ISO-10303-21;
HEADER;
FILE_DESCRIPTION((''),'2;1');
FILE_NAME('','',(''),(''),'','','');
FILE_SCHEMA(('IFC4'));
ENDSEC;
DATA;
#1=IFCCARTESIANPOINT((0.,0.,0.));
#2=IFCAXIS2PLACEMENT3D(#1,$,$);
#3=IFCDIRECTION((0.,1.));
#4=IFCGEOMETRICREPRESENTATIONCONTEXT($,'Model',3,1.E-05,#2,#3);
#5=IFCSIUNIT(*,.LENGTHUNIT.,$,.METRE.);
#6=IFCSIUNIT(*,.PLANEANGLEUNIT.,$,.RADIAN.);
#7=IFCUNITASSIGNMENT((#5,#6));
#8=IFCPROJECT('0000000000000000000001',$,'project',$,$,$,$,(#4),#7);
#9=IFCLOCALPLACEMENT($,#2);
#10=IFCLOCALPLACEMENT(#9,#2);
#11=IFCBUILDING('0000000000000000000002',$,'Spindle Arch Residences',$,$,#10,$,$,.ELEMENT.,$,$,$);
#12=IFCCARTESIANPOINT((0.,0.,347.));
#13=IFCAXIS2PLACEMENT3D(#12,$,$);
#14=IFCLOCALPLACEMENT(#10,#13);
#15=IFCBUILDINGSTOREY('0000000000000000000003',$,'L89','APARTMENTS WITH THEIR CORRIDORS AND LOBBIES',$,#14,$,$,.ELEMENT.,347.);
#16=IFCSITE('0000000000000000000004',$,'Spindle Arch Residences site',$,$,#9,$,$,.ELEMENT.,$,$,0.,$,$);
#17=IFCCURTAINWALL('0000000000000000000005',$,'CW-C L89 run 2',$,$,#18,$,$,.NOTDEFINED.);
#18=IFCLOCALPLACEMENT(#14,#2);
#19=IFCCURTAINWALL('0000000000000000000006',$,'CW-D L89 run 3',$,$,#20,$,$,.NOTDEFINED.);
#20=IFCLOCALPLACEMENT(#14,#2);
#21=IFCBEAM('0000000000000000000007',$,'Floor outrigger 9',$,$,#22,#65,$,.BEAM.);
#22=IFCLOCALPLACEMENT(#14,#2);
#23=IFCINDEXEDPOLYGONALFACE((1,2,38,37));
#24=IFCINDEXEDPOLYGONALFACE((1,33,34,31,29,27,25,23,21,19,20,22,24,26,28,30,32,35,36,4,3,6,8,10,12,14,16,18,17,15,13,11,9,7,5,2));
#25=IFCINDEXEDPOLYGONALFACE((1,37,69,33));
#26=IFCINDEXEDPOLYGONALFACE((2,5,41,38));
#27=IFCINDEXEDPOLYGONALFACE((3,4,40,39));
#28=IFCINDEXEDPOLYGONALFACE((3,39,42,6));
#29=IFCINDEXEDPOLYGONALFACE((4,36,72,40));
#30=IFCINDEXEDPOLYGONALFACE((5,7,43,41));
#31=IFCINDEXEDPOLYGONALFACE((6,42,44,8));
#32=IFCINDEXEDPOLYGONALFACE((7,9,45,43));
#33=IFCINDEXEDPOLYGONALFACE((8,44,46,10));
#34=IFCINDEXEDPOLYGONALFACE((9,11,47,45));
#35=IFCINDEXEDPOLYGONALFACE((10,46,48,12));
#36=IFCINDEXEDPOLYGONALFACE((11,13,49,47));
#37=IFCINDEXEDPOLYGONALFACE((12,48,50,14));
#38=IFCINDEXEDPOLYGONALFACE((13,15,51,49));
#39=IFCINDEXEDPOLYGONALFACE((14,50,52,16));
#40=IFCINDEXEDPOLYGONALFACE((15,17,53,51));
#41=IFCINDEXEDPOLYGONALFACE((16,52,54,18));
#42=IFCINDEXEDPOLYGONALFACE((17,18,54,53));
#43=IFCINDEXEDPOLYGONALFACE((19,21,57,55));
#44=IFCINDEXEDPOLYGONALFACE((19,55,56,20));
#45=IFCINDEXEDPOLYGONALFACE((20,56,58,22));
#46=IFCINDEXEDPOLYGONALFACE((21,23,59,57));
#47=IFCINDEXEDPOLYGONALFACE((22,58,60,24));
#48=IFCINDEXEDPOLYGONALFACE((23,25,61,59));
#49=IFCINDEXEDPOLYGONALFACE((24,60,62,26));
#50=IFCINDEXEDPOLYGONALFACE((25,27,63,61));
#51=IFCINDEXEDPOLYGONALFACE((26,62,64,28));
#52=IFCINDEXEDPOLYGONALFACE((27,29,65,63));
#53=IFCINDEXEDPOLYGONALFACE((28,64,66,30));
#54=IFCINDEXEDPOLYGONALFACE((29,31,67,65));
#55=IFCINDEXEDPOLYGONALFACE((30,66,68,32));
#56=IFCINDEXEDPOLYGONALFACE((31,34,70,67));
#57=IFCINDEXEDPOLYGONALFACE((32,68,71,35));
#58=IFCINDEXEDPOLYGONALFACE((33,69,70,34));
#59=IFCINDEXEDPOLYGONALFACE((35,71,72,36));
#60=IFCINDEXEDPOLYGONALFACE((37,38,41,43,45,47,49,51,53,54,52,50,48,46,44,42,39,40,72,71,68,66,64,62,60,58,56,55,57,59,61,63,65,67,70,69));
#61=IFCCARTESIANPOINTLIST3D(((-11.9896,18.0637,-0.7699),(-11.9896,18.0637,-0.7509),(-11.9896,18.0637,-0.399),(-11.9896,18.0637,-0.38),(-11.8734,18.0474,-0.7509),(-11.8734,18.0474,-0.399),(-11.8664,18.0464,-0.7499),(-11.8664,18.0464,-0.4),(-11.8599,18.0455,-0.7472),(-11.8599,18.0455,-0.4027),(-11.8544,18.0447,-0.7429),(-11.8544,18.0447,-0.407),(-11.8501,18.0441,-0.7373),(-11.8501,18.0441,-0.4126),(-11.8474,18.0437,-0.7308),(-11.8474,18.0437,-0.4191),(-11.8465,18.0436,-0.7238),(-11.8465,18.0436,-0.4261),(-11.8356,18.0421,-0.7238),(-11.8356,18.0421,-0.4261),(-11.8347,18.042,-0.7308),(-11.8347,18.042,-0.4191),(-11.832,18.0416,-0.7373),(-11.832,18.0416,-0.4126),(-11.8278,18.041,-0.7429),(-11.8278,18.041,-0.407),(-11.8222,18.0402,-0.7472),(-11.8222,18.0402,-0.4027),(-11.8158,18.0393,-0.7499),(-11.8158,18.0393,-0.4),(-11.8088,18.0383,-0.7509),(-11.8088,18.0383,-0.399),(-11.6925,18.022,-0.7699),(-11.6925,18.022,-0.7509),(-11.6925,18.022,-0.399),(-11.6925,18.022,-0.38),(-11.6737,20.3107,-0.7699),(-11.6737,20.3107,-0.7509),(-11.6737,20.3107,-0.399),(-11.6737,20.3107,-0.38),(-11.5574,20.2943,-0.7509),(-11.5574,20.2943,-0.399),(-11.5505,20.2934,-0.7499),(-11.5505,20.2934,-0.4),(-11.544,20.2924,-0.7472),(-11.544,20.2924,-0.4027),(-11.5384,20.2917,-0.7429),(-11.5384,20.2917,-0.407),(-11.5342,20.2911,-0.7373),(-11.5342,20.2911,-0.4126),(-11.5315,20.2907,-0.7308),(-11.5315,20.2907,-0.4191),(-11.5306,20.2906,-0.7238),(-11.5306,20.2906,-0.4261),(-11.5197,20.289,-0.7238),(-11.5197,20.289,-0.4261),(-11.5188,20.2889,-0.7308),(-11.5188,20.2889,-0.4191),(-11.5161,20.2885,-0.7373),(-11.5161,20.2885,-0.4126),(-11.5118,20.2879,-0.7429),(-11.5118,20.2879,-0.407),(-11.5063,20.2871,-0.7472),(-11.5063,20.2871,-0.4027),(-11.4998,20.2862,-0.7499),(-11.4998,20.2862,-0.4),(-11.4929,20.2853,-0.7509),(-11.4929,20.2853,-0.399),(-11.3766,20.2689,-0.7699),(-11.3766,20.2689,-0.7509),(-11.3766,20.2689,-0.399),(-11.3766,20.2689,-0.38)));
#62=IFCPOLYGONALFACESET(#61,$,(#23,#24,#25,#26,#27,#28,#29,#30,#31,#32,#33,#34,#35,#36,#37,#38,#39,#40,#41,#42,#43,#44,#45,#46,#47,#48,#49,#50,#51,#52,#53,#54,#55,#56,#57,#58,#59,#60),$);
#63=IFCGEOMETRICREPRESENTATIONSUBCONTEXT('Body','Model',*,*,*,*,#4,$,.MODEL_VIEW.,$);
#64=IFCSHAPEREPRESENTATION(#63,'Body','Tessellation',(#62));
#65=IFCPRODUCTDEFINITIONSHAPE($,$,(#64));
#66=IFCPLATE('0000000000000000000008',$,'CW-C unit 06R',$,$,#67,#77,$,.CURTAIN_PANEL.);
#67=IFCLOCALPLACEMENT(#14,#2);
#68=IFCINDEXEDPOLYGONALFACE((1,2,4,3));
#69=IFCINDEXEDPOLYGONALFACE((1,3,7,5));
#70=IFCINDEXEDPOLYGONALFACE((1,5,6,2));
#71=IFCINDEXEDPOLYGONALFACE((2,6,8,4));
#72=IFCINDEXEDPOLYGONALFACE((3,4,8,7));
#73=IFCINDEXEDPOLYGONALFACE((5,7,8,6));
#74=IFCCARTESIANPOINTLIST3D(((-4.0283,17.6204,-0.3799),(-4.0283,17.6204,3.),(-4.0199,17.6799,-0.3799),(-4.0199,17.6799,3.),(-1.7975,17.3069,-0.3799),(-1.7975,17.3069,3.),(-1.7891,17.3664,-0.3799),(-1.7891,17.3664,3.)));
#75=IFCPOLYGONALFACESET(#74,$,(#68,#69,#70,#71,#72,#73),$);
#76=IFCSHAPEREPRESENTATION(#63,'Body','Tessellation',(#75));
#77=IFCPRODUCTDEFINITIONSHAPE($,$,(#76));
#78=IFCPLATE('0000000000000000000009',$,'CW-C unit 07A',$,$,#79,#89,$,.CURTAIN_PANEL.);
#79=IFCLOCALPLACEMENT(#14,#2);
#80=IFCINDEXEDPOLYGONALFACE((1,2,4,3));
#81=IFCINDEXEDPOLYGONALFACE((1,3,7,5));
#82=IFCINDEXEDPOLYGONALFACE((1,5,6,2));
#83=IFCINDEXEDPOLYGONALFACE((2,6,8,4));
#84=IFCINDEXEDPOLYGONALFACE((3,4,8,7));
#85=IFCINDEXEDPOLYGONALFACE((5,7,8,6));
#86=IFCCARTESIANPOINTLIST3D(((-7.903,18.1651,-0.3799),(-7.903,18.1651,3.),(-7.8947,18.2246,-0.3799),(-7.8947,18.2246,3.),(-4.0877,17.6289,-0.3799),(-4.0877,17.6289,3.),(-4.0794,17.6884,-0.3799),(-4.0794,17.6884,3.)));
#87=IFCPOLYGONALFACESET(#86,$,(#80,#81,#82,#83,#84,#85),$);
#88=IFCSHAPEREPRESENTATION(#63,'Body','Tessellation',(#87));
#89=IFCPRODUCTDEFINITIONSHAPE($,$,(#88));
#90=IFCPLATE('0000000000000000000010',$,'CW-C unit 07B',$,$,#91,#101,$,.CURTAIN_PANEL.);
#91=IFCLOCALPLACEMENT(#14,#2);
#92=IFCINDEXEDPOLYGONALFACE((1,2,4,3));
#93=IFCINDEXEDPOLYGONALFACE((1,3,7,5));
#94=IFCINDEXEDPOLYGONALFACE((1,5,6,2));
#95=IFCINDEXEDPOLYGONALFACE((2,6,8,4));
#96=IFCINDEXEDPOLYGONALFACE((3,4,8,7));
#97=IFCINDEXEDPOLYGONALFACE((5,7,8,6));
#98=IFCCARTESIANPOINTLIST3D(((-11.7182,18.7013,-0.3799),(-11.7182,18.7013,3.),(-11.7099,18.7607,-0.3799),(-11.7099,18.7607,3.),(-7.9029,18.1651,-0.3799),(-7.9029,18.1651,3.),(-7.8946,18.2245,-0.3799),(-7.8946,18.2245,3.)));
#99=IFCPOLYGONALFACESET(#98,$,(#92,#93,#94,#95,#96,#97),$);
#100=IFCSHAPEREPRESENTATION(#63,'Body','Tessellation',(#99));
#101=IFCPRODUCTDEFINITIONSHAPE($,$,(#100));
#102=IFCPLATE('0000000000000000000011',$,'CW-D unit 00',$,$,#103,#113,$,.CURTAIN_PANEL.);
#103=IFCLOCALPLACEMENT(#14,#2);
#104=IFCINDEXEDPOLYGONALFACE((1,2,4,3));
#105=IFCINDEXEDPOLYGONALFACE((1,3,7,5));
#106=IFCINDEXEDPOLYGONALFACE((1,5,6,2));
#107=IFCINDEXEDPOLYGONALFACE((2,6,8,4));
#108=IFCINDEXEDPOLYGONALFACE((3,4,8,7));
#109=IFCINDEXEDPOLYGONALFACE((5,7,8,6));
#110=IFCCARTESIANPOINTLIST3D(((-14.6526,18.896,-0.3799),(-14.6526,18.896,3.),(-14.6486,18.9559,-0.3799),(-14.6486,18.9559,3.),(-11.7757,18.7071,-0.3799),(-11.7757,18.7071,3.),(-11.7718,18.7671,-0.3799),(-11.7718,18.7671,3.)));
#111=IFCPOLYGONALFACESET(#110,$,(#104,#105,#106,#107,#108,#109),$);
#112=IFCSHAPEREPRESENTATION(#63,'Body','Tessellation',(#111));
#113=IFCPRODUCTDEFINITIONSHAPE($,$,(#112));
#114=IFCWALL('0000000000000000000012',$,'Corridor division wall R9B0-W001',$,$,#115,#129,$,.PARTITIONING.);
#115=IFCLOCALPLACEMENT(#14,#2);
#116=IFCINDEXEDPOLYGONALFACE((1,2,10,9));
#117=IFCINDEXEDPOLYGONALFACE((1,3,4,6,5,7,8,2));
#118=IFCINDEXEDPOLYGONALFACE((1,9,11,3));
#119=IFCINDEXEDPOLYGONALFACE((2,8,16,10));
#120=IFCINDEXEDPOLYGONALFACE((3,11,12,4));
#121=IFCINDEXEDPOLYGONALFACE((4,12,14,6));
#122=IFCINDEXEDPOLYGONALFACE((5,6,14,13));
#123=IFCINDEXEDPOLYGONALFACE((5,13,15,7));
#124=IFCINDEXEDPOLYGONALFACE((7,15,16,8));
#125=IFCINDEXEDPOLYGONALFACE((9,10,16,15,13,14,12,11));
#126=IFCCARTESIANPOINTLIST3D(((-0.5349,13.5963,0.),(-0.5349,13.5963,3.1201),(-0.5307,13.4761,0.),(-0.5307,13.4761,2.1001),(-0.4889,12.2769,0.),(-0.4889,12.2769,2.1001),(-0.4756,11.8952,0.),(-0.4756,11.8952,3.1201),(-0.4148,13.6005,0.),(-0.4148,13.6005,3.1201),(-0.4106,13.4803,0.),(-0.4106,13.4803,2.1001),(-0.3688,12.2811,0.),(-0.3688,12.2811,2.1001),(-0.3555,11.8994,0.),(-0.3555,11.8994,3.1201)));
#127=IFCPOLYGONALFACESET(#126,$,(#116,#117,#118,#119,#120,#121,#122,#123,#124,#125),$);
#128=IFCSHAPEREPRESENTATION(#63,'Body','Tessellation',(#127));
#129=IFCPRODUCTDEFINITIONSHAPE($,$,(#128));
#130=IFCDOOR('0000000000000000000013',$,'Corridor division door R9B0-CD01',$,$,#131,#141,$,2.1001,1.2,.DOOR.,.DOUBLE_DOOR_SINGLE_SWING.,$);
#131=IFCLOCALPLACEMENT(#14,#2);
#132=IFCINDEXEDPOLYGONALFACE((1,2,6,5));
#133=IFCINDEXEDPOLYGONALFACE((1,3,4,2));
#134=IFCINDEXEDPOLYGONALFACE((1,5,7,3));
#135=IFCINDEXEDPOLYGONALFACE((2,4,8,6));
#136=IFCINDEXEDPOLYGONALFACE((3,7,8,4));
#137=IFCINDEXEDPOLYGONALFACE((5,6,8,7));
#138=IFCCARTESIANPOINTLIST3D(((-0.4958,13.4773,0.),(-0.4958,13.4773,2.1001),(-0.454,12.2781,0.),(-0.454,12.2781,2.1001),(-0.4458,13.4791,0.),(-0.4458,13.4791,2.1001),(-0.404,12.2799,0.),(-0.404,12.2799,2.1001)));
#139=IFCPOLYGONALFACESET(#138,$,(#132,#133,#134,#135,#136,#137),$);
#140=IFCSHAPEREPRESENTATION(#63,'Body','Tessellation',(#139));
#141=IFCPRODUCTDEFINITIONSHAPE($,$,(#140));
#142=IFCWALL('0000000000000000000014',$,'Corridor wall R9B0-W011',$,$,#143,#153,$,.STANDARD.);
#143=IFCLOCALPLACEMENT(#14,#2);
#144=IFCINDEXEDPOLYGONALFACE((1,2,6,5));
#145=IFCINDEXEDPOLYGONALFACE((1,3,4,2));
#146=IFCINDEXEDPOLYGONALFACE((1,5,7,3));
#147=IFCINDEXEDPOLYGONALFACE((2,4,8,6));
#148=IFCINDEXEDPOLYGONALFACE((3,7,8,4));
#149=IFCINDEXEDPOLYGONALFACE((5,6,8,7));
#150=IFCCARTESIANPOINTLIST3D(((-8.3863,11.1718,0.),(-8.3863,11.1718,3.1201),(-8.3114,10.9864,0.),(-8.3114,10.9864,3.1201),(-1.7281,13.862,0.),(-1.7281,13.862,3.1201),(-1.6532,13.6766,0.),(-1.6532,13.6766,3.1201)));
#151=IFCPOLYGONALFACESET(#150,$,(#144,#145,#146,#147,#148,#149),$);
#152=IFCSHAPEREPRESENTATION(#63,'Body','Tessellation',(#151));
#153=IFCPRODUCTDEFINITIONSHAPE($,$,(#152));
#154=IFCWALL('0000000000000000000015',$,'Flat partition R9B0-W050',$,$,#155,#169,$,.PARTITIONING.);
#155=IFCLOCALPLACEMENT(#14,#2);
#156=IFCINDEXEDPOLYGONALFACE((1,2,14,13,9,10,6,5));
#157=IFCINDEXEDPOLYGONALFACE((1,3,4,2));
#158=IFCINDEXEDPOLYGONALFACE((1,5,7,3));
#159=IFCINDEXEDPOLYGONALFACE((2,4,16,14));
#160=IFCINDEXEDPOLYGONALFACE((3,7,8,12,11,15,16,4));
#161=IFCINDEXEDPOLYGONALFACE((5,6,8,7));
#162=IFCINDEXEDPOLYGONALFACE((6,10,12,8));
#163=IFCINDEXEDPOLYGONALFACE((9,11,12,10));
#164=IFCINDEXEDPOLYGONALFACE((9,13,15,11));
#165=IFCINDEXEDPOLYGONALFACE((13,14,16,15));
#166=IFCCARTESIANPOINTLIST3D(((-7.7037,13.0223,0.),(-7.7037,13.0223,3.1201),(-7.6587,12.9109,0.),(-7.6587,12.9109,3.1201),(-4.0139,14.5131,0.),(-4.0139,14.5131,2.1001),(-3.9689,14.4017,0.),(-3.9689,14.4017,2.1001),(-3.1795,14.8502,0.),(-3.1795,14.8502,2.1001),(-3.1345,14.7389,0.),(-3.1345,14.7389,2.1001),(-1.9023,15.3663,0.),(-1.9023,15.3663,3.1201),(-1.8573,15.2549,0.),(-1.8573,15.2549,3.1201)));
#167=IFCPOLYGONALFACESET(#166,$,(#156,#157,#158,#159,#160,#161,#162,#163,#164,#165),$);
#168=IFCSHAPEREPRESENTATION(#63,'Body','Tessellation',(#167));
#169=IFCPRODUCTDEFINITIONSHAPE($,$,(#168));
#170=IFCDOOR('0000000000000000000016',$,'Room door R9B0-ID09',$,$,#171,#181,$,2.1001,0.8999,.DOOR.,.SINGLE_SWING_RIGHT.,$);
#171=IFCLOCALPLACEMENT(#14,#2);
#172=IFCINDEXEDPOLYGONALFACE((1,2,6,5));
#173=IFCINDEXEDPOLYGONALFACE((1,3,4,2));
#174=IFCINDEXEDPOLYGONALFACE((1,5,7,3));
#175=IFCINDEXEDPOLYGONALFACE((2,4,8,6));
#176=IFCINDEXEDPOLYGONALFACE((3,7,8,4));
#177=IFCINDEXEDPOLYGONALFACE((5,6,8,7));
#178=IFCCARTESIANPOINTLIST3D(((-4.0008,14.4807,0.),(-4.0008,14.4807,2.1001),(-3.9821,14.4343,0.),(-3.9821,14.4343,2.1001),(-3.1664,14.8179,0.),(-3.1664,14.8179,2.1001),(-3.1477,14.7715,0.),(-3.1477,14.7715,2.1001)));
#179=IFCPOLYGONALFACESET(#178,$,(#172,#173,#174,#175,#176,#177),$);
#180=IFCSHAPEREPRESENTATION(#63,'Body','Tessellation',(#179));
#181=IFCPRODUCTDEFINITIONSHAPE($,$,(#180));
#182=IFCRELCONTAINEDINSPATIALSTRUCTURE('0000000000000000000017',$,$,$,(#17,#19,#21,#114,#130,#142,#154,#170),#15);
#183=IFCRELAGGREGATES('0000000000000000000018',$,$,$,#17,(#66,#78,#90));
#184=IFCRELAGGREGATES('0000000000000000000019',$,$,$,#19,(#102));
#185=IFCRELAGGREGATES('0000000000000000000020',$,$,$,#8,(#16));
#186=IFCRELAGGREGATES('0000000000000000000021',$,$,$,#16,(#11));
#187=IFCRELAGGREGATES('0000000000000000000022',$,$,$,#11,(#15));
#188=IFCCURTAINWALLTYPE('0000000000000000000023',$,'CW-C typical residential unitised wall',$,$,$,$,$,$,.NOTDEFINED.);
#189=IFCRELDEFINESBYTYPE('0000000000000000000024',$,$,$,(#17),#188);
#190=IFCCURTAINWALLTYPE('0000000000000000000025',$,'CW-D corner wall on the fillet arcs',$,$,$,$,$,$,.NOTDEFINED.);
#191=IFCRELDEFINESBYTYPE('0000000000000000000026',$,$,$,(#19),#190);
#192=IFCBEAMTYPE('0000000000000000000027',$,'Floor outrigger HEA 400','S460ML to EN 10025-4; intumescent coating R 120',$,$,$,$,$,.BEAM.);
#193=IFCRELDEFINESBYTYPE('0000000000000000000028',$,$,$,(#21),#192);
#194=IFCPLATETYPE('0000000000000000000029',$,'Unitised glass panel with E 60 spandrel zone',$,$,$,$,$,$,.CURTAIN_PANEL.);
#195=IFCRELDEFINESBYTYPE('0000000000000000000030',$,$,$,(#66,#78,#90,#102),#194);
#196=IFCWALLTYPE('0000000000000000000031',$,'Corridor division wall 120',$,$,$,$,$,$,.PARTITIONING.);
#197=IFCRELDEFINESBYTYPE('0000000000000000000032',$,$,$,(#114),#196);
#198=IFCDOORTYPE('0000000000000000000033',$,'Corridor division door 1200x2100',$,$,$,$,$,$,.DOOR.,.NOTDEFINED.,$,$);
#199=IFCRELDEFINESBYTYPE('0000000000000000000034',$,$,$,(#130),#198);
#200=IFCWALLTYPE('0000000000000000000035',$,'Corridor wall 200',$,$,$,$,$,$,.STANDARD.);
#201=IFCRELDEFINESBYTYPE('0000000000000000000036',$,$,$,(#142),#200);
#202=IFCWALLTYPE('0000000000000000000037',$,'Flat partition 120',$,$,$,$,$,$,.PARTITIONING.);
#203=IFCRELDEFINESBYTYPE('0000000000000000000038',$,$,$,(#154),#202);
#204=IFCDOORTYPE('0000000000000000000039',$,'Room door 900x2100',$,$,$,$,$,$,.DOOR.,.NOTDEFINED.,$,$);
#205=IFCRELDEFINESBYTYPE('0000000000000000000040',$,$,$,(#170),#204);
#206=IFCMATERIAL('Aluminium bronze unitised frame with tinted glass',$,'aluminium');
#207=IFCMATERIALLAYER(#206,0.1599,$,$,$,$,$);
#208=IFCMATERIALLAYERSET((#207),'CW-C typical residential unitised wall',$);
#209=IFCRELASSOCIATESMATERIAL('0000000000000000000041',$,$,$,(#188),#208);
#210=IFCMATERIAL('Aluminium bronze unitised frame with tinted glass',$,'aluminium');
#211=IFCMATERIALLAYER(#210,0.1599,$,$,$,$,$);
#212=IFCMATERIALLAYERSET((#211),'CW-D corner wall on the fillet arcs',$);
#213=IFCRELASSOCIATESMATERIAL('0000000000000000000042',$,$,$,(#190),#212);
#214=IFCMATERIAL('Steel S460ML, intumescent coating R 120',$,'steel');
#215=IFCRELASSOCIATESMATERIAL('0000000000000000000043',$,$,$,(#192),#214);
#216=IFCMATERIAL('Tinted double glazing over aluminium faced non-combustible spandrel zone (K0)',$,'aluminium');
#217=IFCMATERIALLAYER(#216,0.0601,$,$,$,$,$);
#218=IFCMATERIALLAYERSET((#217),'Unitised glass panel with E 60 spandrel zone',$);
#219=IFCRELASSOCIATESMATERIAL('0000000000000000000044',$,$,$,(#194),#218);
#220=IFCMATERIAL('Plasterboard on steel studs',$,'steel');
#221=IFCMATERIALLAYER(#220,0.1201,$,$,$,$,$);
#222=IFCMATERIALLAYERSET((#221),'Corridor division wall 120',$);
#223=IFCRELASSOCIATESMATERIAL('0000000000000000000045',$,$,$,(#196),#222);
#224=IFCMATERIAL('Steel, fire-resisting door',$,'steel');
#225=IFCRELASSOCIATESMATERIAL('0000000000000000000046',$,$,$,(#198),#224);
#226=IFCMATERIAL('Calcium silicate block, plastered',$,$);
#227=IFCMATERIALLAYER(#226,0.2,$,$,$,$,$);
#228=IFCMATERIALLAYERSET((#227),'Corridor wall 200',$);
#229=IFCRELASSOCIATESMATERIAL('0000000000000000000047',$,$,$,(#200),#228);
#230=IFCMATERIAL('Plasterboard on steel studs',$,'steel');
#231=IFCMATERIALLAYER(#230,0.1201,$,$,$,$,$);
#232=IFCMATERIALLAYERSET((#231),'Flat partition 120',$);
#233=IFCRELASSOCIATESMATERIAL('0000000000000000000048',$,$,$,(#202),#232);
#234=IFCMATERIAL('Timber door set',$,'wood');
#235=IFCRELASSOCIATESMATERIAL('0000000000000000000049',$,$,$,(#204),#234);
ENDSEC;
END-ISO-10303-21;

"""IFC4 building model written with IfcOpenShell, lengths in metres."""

from ifc_helpers import new_model, si_unit, direction, frame, frame_2d, origin, origin_2d, place, context, subcontext, project, spatial, rectangle, i_section, extrude, material, layer, layer_set, material_profile, profile_set, type_object, element, fill, aggregate, save


model = new_model("IFC4")

# Units and contexts
model_context = context("Model", 3, precision=1e-05, world=origin(), true_north=direction((0.0, 1.0)))
body_context = subcontext(model_context, "Body", "Model", "MODEL_VIEW")
ifc_project = project(units=[si_unit("LENGTHUNIT", "METRE"), si_unit("PLANEANGLEUNIT", "RADIAN")], contexts=[model_context])

# Site, building, storey
site_placement = place(None, origin())
site = spatial("IfcSite", under=ifc_project, at=site_placement, Name="Spindle Arch Residences site", CompositionType="ELEMENT", RefElevation=0.0)
building_placement = place(site_placement, origin())
building = spatial("IfcBuilding", under=site, at=building_placement, Name="Spindle Arch Residences", CompositionType="ELEMENT")
storey_placement = place(building_placement, frame((0.0, 0.0, 347.0)))
storey = spatial("IfcBuildingStorey", under=building, at=storey_placement, Name="L89", Description="APARTMENTS WITH THEIR CORRIDORS AND LOBBIES", CompositionType="ELEMENT", Elevation=347.0)

# Curtain wall
ifc_material_1 = material(Name="Aluminium bronze unitised frame with tinted glass", Category="aluminium")
ifc_layer_1 = layer(ifc_material_1, 0.1599)
ifc_layer_set_1 = layer_set([ifc_layer_1], Name="CW-C typical residential unitised wall")
curtain_wall_type_1 = type_object("IfcCurtainWallType", Name="CW-C typical residential unitised wall", PredefinedType="NOTDEFINED", material=ifc_layer_set_1)
curtain_wall_1_placement = place(storey_placement, origin())
curtain_wall_1 = element("IfcCurtainWall", 1, at=curtain_wall_1_placement, inside=storey, type_object=curtain_wall_type_1, Name="CW-C L89 run 2", PredefinedType="NOTDEFINED")

# Curtain wall
ifc_material_2 = material(Name="Aluminium bronze unitised frame with tinted glass", Category="aluminium")
ifc_layer_2 = layer(ifc_material_2, 0.1599)
ifc_layer_set_2 = layer_set([ifc_layer_2], Name="CW-D corner wall on the fillet arcs")
curtain_wall_type_2 = type_object("IfcCurtainWallType", Name="CW-D corner wall on the fillet arcs", PredefinedType="NOTDEFINED", material=ifc_layer_set_2)
curtain_wall_2_placement = place(storey_placement, origin())
curtain_wall_2 = element("IfcCurtainWall", 2, at=curtain_wall_2_placement, inside=storey, type_object=curtain_wall_type_2, Name="CW-D L89 run 3", PredefinedType="NOTDEFINED")

# Beam
ifc_material_3 = material(Name="Steel S460ML, intumescent coating R 120", Category="steel")
ifc_material_profile_1 = material_profile(ifc_material_3, i_section(OverallWidth=0.3, OverallDepth=0.3899, WebThickness=0.011, FlangeThickness=0.019, FilletRadius=0.0271, at=origin_2d()), Name="HEA 400")
ifc_profile_set_1 = profile_set([ifc_material_profile_1], Name="Steel S460ML, intumescent coating R 120")
beam_type_1 = type_object("IfcBeamType", Name="Floor outrigger HEA 400", Description="S460ML to EN 10025-4; intumescent coating R 120", PredefinedType="BEAM", material=ifc_profile_set_1)
beam_1_placement = place(storey_placement, frame((-11.5251, 20.2898, -0.575), z_axis=(-0.139237, -0.990259, 0.0), x_axis=(0.990259, -0.139237, 0.0)))
element("IfcBeam", 3, at=beam_1_placement, inside=storey, type_object=beam_type_1, Name="Floor outrigger 9", PredefinedType="BEAM", context=body_context, shape_type="SweptSolid", body=[
    extrude(i_section(OverallWidth=0.3, OverallDepth=0.3899, WebThickness=0.011, FlangeThickness=0.019, FilletRadius=0.0271, at=origin_2d()), origin(), (0.0, 0.0, 1.0), 2.269),
])

# Plates
ifc_material_4 = material(Name="Tinted double glazing over aluminium faced non-combustible spandrel zone (K0)", Category="aluminium")
ifc_layer_3 = layer(ifc_material_4, 0.0601)
ifc_layer_set_3 = layer_set([ifc_layer_3], Name="Unitised glass panel with E 60 spandrel zone")
plate_type = type_object("IfcPlateType", Name="Unitised glass panel with E 60 spandrel zone", PredefinedType="CURTAIN_PANEL", material=ifc_layer_set_3)
plate_1_placement = place(storey_placement, frame((-2.9087, 17.4934, -0.3799), z_axis=(0.0, 0.0, 1.0), x_axis=(-0.990268, 0.139173, 0.0)))
plate_1 = element("IfcPlate", 4, at=plate_1_placement, type_object=plate_type, Name="CW-C unit 06R", PredefinedType="CURTAIN_PANEL", context=body_context, shape_type="SweptSolid", body=[
    extrude(rectangle(XDim=2.2527, YDim=0.0601, at=origin_2d()), origin(), (0.0, 0.0, 1.0), 3.3799),
])
plate_2_placement = place(storey_placement, frame((-5.9912, 17.9268, -0.3799), z_axis=(0.0, 0.0, 1.0), x_axis=(-0.990268, 0.139173, 0.0)))
plate_2 = element("IfcPlate", 5, at=plate_2_placement, type_object=plate_type, Name="CW-C unit 07A", PredefinedType="CURTAIN_PANEL", context=body_context, shape_type="SweptSolid", body=[
    extrude(rectangle(XDim=3.8528, YDim=0.0601, at=origin_2d()), origin(), (0.0, 0.0, 1.0), 3.3799),
])
plate_3_placement = place(storey_placement, frame((-9.8064, 18.4629, -0.3799), z_axis=(0.0, 0.0, 1.0), x_axis=(-0.990268, 0.139173, 0.0)))
plate_3 = element("IfcPlate", 6, at=plate_3_placement, type_object=plate_type, Name="CW-C unit 07B", PredefinedType="CURTAIN_PANEL", context=body_context, shape_type="SweptSolid", body=[
    extrude(rectangle(XDim=3.8528, YDim=0.0601, at=origin_2d()), origin(), (0.0, 0.0, 1.0), 3.3799),
])
aggregate(curtain_wall_1, [plate_1, plate_2, plate_3])
plate_4_placement = place(storey_placement, frame((-13.2122, 18.8315, -0.3799), z_axis=(0.0, 0.0, 1.0), x_axis=(-0.997852, 0.06551, 0.0)))
plate_4 = element("IfcPlate", 7, at=plate_4_placement, type_object=plate_type, Name="CW-D unit 00", PredefinedType="CURTAIN_PANEL", context=body_context, shape_type="SweptSolid", body=[
    extrude(rectangle(XDim=2.8831, YDim=0.0601, at=origin_2d()), origin(), (0.0, 0.0, 1.0), 3.3799),
])
aggregate(curtain_wall_2, [plate_4])

# Wall, opening, door
ifc_material_5 = material(Name="Plasterboard on steel studs", Category="steel")
ifc_layer_4 = layer(ifc_material_5, 0.1201)
ifc_layer_set_4 = layer_set([ifc_layer_4], Name="Corridor division wall 120")
wall_type_1 = type_object("IfcWallType", Name="Corridor division wall 120", PredefinedType="PARTITIONING", material=ifc_layer_set_4)
wall_1_placement = place(storey_placement, frame((-0.4749, 13.5984, 0.0), z_axis=(0.0, 0.0, 1.0), x_axis=(0.034853, -0.999392, 0.0)))
wall_1 = element("IfcWall", 8, at=wall_1_placement, inside=storey, type_object=wall_type_1, Name="Corridor division wall R9B0-W001", PredefinedType="PARTITIONING", context=body_context, shape_type="SweptSolid", body=[
    extrude(rectangle(XDim=1.7021, YDim=0.1201, at=frame_2d((0.8511, 0.0))), origin(), (0.0, 0.0, 1.0), 3.1201),
])
opening_1_placement = place(wall_1_placement, frame((0.1201, 0.0, 0.0)))
opening_1 = element("IfcOpeningElement", 9, at=opening_1_placement, cuts=wall_1, PredefinedType="OPENING", context=body_context, shape_type="SweptSolid", body=[
    extrude(rectangle(XDim=1.2, YDim=2.1001, at=frame_2d((0.6001, 1.05))), frame((0.0, 0.0701, 0.0), z_axis=(0.0, -1.0, 0.0), x_axis=(1.0, 0.0, 0.0)), (0.0, 0.0, 1.0), 0.1401),
])
ifc_material_6 = material(Name="Steel, fire-resisting door", Category="steel")
door_type_1 = type_object("IfcDoorType", Name="Corridor division door 1200x2100", OperationType="NOTDEFINED", PredefinedType="DOOR", material=ifc_material_6)
door_1_placement = place(opening_1_placement, origin())
door_1 = element("IfcDoor", 10, at=door_1_placement, inside=storey, type_object=door_type_1, Name="Corridor division door R9B0-CD01", OperationType="DOUBLE_DOOR_SINGLE_SWING", OverallHeight=2.1001, OverallWidth=1.2, PredefinedType="DOOR", context=body_context, shape_type="SweptSolid", body=[
    extrude(rectangle(XDim=1.2, YDim=2.1001, at=frame_2d((0.6001, 1.05))), frame((0.0, 0.0249, 0.0), z_axis=(0.0, -1.0, 0.0), x_axis=(1.0, 0.0, 0.0)), (0.0, 0.0, 1.0), 0.05),
])
fill(opening_1, door_1)

# Wall
ifc_material_7 = material(Name="Calcium silicate block, plastered")
ifc_layer_5 = layer(ifc_material_7, 0.2)
ifc_layer_set_5 = layer_set([ifc_layer_5], Name="Corridor wall 200")
wall_type_2 = type_object("IfcWallType", Name="Corridor wall 200", PredefinedType="STANDARD", material=ifc_layer_set_5)
wall_2_placement = place(storey_placement, frame((-1.6907, 13.7693, 0.0), z_axis=(0.0, 0.0, 1.0), x_axis=(-0.927179, -0.374618, 0.0)))
element("IfcWall", 11, at=wall_2_placement, inside=storey, type_object=wall_type_2, Name="Corridor wall R9B0-W011", PredefinedType="STANDARD", context=body_context, shape_type="SweptSolid", body=[
    extrude(rectangle(XDim=7.1812, YDim=0.2, at=frame_2d((3.5906, 0.0))), origin(), (0.0, 0.0, 1.0), 3.1201),
])

# Wall, opening, door
ifc_material_8 = material(Name="Plasterboard on steel studs", Category="steel")
ifc_layer_6 = layer(ifc_material_8, 0.1201)
ifc_layer_set_6 = layer_set([ifc_layer_6], Name="Flat partition 120")
wall_type_3 = type_object("IfcWallType", Name="Flat partition 120", PredefinedType="PARTITIONING", material=ifc_layer_set_6)
wall_3_placement = place(storey_placement, frame((-1.8799, 15.3105, 0.0), z_axis=(0.0, 0.0, 1.0), x_axis=(-0.927182, -0.374611, 0.0)))
wall_3 = element("IfcWall", 12, at=wall_3_placement, inside=storey, type_object=wall_type_3, Name="Flat partition R9B0-W050", PredefinedType="PARTITIONING", context=body_context, shape_type="SweptSolid", body=[
    extrude(rectangle(XDim=6.2571, YDim=0.1201, at=frame_2d((3.1284, 0.0))), origin(), (0.0, 0.0, 1.0), 3.1201),
])
opening_2_placement = place(wall_3_placement, frame((1.3774, 0.0, 0.0)))
opening_2 = element("IfcOpeningElement", 13, at=opening_2_placement, cuts=wall_3, PredefinedType="OPENING", context=body_context, shape_type="SweptSolid", body=[
    extrude(rectangle(XDim=0.8999, YDim=2.1001, at=frame_2d((0.45, 1.05))), frame((0.0, 0.0701, 0.0), z_axis=(0.0, -1.0, 0.0), x_axis=(1.0, 0.0, 0.0)), (0.0, 0.0, 1.0), 0.1401),
])
ifc_material_9 = material(Name="Timber door set", Category="wood")
door_type_2 = type_object("IfcDoorType", Name="Room door 900x2100", OperationType="NOTDEFINED", PredefinedType="DOOR", material=ifc_material_9)
door_2_placement = place(opening_2_placement, origin())
door_2 = element("IfcDoor", 14, at=door_2_placement, inside=storey, type_object=door_type_2, Name="Room door R9B0-ID09", OperationType="SINGLE_SWING_RIGHT", OverallHeight=2.1001, OverallWidth=0.8999, PredefinedType="DOOR", context=body_context, shape_type="SweptSolid", body=[
    extrude(rectangle(XDim=0.8999, YDim=2.1001, at=frame_2d((0.45, 1.05))), frame((0.0, 0.0249, 0.0), z_axis=(0.0, -1.0, 0.0), x_axis=(1.0, 0.0, 0.0)), (0.0, 0.0, 1.0), 0.05),
])
fill(opening_2, door_2)

save(model, "model.ifc")
